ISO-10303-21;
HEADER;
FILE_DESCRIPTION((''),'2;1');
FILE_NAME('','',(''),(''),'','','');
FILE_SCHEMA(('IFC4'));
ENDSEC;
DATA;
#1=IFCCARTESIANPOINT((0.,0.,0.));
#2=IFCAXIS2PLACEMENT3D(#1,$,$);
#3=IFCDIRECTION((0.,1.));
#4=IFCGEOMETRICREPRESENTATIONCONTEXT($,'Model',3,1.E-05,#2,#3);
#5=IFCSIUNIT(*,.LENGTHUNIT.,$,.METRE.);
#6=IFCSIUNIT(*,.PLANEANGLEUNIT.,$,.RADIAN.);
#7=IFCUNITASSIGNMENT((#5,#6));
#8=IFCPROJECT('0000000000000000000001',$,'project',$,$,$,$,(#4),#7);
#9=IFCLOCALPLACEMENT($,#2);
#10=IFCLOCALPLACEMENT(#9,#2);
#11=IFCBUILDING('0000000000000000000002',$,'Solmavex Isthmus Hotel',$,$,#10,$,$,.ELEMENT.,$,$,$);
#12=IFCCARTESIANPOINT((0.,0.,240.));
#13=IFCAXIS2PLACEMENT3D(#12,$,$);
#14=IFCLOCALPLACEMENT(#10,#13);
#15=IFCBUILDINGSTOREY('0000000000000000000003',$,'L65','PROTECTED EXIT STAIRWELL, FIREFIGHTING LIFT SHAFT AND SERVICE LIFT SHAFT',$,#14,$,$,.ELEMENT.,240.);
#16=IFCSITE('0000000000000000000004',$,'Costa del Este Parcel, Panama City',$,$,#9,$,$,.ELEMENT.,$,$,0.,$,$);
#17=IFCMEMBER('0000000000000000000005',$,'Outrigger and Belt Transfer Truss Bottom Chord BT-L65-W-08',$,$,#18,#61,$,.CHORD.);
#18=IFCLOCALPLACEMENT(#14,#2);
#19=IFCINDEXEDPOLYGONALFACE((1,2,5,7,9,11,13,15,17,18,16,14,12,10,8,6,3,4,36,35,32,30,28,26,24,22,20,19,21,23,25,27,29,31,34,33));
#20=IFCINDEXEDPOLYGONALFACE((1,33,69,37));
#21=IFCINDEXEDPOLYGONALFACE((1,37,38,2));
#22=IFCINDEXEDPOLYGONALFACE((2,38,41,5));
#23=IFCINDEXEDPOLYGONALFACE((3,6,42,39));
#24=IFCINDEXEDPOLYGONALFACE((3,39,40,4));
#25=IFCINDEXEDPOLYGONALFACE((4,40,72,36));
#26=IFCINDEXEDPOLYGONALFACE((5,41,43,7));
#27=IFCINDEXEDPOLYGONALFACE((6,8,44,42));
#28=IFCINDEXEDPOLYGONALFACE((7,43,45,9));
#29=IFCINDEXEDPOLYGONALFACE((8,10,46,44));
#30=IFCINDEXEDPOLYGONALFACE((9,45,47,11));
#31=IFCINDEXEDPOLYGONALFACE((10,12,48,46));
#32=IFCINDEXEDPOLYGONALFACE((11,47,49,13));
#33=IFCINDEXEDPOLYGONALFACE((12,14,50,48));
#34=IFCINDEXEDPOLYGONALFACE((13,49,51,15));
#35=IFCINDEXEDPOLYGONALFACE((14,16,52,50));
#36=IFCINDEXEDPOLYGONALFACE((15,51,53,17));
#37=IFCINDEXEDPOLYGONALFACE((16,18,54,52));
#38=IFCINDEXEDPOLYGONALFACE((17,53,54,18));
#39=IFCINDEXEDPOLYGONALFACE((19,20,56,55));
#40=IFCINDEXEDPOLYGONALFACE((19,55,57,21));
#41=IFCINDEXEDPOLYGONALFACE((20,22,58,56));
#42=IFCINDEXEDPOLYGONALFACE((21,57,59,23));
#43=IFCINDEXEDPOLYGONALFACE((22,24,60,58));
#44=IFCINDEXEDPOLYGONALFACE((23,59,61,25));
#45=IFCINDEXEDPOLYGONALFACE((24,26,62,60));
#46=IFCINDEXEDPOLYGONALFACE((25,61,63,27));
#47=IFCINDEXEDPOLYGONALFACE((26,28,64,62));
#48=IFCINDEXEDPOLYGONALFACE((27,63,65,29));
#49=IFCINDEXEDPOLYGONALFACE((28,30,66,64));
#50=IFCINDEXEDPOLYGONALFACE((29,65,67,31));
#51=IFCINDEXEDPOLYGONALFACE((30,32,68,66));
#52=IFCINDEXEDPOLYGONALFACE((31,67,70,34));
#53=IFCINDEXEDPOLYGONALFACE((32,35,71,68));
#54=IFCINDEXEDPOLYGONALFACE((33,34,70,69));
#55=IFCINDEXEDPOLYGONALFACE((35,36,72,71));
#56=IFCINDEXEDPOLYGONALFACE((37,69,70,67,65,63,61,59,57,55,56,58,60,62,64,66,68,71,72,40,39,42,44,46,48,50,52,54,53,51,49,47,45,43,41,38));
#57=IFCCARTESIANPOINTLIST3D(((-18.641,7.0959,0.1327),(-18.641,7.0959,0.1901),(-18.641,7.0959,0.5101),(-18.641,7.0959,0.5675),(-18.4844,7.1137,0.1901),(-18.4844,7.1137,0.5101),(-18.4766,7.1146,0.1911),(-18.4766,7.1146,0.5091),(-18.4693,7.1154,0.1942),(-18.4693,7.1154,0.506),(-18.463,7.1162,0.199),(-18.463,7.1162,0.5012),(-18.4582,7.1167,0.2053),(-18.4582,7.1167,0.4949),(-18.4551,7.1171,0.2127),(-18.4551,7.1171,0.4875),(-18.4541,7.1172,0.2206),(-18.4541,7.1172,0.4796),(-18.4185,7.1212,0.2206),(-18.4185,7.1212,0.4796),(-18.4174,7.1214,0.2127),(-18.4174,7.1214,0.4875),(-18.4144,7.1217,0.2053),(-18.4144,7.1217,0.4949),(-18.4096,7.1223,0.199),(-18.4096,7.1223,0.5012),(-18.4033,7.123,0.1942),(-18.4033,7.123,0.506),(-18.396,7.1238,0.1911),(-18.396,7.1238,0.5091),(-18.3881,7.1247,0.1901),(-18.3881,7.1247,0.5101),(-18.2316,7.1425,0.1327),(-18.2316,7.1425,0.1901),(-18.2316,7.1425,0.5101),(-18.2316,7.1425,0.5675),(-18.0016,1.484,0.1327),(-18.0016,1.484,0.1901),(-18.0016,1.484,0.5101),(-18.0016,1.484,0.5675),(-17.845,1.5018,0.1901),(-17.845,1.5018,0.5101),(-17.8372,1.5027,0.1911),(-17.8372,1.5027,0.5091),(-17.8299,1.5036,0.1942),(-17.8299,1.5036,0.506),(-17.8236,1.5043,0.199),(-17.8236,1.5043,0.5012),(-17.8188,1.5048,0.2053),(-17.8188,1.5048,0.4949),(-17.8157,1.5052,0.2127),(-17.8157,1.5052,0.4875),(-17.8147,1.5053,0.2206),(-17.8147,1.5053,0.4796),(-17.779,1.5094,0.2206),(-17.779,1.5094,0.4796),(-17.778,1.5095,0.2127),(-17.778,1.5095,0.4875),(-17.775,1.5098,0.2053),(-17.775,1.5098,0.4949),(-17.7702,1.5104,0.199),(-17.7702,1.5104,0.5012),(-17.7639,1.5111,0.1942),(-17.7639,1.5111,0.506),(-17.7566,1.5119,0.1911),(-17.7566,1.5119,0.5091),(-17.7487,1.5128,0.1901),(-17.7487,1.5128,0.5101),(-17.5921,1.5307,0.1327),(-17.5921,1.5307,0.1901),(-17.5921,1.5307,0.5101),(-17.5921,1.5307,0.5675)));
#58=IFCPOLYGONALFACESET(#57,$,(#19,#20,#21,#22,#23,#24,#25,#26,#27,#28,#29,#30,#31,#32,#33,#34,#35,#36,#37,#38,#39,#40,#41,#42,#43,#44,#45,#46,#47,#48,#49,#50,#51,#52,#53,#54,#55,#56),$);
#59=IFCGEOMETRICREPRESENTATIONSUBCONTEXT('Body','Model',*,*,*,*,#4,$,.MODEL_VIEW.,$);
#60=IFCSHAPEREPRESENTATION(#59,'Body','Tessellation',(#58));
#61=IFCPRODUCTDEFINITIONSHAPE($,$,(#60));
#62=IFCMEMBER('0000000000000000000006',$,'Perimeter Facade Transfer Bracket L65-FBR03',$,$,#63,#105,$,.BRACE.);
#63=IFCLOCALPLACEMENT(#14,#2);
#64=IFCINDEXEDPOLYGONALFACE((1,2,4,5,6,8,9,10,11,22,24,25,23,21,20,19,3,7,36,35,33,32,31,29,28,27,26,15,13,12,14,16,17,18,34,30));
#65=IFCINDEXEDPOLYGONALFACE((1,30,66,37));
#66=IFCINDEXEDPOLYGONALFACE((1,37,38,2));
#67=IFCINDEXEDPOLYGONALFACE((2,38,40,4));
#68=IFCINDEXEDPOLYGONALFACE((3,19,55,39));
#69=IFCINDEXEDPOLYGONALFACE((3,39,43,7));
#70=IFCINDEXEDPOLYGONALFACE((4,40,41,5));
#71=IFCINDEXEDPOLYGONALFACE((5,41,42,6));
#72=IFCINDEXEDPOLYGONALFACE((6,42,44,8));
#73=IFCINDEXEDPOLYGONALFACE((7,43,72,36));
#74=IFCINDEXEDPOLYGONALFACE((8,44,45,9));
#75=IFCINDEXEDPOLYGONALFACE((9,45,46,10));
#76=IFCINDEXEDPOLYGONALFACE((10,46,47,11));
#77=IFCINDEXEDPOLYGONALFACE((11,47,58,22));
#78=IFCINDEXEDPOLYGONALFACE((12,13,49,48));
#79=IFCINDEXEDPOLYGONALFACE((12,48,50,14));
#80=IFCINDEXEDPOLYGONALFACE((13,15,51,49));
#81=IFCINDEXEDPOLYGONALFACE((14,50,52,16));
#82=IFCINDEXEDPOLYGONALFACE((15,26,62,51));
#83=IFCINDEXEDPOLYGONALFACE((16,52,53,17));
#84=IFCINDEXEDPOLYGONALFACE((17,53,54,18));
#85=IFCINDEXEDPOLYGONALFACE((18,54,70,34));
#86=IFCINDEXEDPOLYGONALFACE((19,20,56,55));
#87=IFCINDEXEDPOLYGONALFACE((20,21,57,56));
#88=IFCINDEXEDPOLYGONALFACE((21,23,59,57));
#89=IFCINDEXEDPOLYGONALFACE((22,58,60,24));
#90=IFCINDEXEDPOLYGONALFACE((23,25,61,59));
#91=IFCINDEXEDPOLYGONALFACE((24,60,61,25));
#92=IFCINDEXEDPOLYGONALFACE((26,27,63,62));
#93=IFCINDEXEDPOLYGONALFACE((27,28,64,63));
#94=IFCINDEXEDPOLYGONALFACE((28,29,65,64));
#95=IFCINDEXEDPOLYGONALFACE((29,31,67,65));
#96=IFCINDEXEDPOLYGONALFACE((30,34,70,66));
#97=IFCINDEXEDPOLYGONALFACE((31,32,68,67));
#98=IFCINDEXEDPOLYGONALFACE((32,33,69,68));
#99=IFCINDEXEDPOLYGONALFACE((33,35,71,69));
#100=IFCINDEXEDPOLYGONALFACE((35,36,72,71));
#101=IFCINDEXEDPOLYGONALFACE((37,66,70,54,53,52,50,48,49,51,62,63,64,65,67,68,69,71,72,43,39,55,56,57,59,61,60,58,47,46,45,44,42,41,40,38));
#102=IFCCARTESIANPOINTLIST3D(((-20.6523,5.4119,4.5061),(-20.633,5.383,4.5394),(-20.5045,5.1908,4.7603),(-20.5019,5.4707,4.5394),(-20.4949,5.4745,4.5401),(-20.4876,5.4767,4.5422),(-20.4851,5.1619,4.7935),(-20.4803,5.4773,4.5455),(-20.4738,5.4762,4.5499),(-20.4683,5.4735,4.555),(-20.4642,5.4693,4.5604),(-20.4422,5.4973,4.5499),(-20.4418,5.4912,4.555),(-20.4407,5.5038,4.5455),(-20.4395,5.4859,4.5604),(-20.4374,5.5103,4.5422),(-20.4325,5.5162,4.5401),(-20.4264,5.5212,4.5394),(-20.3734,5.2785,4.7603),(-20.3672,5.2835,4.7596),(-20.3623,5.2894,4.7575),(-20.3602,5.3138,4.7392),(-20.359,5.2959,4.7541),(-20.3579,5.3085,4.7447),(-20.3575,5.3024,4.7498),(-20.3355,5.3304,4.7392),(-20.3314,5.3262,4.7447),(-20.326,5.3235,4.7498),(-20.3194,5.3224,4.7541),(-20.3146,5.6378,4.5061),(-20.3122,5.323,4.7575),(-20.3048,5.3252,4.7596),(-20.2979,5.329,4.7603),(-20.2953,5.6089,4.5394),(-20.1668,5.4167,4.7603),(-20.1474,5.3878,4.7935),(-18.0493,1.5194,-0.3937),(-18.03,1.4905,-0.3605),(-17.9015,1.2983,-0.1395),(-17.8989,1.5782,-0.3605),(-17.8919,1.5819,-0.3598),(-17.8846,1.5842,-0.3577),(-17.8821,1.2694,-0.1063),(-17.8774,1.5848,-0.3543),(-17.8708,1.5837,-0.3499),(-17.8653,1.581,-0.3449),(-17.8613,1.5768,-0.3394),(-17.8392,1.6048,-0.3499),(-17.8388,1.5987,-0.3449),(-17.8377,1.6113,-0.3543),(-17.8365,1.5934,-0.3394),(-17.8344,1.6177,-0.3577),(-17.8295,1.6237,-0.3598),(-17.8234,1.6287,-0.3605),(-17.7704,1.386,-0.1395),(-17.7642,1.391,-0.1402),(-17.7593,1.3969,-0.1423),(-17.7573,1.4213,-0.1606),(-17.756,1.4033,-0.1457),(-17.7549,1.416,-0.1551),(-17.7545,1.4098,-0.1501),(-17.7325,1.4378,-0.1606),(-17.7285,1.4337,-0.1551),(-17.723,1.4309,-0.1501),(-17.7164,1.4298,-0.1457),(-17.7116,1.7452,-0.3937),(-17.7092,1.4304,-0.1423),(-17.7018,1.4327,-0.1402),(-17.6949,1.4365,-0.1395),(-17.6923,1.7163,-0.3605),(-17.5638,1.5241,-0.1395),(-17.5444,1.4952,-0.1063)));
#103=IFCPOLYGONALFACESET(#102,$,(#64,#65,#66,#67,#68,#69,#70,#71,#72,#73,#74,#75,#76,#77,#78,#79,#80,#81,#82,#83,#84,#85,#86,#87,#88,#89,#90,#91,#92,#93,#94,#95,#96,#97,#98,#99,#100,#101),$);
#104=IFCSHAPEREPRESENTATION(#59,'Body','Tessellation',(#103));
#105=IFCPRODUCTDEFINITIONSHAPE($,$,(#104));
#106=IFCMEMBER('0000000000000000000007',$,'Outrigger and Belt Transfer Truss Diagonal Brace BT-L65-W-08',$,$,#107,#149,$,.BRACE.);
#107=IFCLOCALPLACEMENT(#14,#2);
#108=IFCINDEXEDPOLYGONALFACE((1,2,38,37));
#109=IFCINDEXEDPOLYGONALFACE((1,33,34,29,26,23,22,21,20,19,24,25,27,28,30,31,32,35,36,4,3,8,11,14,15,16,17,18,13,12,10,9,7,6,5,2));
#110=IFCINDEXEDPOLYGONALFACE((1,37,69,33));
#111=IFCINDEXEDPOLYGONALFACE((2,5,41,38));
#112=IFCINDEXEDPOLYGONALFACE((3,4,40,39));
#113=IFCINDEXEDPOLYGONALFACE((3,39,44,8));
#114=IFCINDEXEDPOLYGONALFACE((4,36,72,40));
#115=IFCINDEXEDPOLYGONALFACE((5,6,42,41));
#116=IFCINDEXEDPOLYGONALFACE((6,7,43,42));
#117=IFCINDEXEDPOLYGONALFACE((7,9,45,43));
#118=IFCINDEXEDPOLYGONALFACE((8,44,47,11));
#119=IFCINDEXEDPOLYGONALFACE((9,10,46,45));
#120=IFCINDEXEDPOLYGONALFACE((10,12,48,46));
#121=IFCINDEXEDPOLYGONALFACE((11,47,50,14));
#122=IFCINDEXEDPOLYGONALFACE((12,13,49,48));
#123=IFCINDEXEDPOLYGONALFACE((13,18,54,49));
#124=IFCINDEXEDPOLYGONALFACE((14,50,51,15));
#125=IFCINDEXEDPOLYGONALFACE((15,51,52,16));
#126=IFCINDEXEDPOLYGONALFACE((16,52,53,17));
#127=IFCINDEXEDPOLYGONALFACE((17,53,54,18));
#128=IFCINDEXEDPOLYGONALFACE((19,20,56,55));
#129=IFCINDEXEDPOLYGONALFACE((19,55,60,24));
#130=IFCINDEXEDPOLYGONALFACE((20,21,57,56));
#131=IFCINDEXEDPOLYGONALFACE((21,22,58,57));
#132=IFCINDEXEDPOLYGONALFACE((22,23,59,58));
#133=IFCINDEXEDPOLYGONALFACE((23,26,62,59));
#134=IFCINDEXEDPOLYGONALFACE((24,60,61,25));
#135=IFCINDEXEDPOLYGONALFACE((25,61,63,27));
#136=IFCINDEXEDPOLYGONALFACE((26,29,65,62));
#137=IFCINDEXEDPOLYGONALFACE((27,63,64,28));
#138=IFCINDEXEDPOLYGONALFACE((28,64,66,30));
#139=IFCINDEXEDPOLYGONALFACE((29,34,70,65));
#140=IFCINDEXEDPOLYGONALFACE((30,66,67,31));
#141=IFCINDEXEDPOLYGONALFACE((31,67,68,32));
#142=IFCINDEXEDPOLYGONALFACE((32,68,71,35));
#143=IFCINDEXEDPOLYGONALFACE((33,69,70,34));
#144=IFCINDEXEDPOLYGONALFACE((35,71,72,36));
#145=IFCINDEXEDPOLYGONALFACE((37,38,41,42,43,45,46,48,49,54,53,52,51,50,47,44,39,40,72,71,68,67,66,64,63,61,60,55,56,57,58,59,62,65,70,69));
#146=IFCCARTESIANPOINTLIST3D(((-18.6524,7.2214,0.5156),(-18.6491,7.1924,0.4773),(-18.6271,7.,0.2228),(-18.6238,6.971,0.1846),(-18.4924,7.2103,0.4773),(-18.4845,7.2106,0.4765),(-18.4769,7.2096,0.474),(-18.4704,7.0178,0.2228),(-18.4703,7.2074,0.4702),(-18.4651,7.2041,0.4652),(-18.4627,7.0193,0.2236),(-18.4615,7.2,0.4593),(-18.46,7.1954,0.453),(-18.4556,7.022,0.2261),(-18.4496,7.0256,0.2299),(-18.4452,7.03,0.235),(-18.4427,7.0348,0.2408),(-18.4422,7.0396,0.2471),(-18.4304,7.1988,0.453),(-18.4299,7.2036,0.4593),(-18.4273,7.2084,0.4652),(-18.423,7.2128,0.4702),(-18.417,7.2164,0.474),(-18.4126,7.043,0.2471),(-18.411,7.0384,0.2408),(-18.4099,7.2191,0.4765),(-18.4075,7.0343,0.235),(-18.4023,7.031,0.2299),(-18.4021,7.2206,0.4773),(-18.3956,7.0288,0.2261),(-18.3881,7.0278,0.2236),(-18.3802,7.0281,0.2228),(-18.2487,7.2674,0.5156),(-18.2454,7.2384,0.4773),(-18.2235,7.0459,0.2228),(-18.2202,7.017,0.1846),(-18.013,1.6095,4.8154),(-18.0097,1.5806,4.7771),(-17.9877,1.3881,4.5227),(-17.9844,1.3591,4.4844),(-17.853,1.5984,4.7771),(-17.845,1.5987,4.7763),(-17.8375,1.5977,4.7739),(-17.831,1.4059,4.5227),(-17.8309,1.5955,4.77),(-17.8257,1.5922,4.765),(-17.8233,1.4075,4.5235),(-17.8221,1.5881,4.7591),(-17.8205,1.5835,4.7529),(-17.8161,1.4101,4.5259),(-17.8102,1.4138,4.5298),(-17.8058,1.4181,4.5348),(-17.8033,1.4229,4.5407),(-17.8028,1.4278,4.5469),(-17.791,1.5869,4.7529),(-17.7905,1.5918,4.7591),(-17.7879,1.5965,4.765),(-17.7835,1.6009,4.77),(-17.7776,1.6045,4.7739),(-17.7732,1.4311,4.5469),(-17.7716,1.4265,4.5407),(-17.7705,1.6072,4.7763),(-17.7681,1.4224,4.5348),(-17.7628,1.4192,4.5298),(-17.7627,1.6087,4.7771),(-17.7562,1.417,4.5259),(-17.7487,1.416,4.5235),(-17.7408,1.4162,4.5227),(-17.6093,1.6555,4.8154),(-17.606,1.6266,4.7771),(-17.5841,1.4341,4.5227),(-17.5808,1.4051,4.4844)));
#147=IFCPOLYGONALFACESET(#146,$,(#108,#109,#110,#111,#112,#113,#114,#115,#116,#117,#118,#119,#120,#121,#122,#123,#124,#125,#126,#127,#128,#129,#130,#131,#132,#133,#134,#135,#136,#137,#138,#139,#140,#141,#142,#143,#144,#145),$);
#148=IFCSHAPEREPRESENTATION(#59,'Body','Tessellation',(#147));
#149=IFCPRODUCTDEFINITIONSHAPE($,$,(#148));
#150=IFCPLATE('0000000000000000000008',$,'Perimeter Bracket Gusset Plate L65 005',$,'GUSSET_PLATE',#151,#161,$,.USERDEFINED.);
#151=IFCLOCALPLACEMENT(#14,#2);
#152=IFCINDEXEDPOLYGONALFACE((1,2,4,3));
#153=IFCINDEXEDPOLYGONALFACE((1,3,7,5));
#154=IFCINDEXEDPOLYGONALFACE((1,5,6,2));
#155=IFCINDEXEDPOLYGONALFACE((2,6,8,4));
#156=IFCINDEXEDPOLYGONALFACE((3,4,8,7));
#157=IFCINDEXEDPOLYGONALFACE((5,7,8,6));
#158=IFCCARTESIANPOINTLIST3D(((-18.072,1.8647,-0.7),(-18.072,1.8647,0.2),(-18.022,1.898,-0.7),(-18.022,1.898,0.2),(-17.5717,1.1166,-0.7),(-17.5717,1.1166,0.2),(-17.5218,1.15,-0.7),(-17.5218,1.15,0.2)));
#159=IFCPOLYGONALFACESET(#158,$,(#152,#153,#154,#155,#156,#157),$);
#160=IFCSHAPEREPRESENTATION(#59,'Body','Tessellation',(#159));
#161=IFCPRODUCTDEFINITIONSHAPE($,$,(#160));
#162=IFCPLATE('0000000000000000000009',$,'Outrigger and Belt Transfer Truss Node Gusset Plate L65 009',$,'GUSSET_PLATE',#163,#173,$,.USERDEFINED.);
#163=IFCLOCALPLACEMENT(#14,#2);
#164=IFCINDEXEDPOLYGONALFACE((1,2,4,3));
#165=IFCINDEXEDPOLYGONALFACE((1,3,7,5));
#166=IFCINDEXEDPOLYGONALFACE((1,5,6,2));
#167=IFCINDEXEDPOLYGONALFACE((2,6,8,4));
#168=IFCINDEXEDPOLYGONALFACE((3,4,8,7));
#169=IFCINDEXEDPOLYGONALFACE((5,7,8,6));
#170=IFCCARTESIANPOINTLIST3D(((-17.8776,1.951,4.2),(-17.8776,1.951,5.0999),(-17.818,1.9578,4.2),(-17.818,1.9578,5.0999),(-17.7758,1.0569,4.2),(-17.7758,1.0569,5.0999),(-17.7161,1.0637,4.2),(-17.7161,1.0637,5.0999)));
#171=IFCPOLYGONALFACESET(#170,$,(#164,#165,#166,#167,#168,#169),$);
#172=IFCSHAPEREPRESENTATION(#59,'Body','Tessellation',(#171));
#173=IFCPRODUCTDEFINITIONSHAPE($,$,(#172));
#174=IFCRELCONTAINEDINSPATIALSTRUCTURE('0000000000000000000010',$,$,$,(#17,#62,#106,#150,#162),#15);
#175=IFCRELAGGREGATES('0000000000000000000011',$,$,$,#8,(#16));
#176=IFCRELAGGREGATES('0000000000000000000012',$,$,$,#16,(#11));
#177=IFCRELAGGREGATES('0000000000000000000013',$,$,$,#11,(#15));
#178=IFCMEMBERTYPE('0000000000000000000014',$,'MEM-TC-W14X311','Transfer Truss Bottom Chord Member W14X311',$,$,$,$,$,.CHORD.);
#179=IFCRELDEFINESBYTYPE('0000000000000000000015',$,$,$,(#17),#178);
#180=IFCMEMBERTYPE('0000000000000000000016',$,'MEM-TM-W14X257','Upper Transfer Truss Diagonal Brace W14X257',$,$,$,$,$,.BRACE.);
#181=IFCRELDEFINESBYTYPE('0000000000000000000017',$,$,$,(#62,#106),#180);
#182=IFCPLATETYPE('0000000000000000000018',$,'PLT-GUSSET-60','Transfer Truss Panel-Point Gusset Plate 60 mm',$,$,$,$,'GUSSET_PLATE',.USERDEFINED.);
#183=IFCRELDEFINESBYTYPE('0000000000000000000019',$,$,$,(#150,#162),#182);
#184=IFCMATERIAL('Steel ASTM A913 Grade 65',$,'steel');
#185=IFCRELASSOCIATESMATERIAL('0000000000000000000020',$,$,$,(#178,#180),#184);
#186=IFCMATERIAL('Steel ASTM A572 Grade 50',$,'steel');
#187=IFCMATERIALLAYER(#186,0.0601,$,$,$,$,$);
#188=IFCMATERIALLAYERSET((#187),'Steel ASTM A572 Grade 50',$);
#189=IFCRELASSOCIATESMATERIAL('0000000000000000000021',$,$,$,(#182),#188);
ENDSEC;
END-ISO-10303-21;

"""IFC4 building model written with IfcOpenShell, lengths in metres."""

from ifc_helpers import new_model, si_unit, direction, frame, origin, origin_2d, place, context, subcontext, project, spatial, rectangle, i_section, extrude, material, layer, layer_set, material_profile, profile_set, type_object, element, save


model = new_model("IFC4")

# Units and contexts
model_context = context("Model", 3, precision=1e-05, world=origin(), true_north=direction((0.0, 1.0)))
body_context = subcontext(model_context, "Body", "Model", "MODEL_VIEW")
ifc_project = project(units=[si_unit("LENGTHUNIT", "METRE"), si_unit("PLANEANGLEUNIT", "RADIAN")], contexts=[model_context])

# Site, building, storey
site_placement = place(None, origin())
site = spatial("IfcSite", under=ifc_project, at=site_placement, Name="Costa del Este Parcel, Panama City", CompositionType="ELEMENT", RefElevation=0.0)
building_placement = place(site_placement, origin())
building = spatial("IfcBuilding", under=site, at=building_placement, Name="Solmavex Isthmus Hotel", CompositionType="ELEMENT")
storey_placement = place(building_placement, frame((0.0, 0.0, 240.0)))
storey = spatial("IfcBuildingStorey", under=building, at=storey_placement, Name="L65", Description="PROTECTED EXIT STAIRWELL, FIREFIGHTING LIFT SHAFT AND SERVICE LIFT SHAFT", CompositionType="ELEMENT", Elevation=240.0)

# Shared definitions
ifc_material_1 = material(Name="Steel ASTM A913 Grade 65", Category="steel")

# Members
ifc_material_profile_1 = material_profile(ifc_material_1, i_section(OverallWidth=0.4121, OverallDepth=0.4348, WebThickness=0.0359, FlangeThickness=0.0574, FilletRadius=0.0305, at=origin_2d()), Name="W14X311")
ifc_profile_set_1 = profile_set([ifc_material_profile_1], Name="Steel ASTM A913 Grade 65")
member_type_1 = type_object("IfcMemberType", Name="MEM-TC-W14X311", Description="Transfer Truss Bottom Chord Member W14X311", PredefinedType="CHORD", material=ifc_profile_set_1)
member_1_placement = place(storey_placement, frame((-17.7969, 1.5073, 0.3501), z_axis=(-0.113206, 0.993571, 0.0), x_axis=(-0.993571, -0.113206, 0.0)))
element("IfcMember", 1, at=member_1_placement, inside=storey, type_object=member_type_1, Name="Outrigger and Belt Transfer Truss Bottom Chord BT-L65-W-08", PredefinedType="CHORD", context=body_context, shape_type="SweptSolid", body=[
    extrude(i_section(OverallWidth=0.4121, OverallDepth=0.4348, WebThickness=0.0359, FlangeThickness=0.0574, FilletRadius=0.0305, at=origin_2d()), origin(), (0.0, 0.0, 1.0), 5.6482),
])
ifc_material_profile_2 = material_profile(ifc_material_1, i_section(OverallWidth=0.4062, OverallDepth=0.416, WebThickness=0.0298, FlangeThickness=0.0481, FilletRadius=0.0305, at=origin_2d()), Name="W14X257")
ifc_profile_set_2 = profile_set([ifc_material_profile_2], Name="Steel ASTM A913 Grade 65")
member_type_2 = type_object("IfcMemberType", Name="MEM-TM-W14X257", Description="Upper Transfer Truss Diagonal Brace W14X257", PredefinedType="BRACE", material=ifc_profile_set_2)
member_2_placement = place(storey_placement, frame((-17.7969, 1.5073, -0.25), z_axis=(-0.384059, 0.574323, 0.722947), x_axis=(-0.831263, -0.555879, 0.0)))
element("IfcMember", 2, at=member_2_placement, inside=storey, type_object=member_type_2, Name="Perimeter Facade Transfer Bracket L65-FBR03", PredefinedType="BRACE", context=body_context, shape_type="SweptSolid", body=[
    extrude(i_section(OverallWidth=0.4062, OverallDepth=0.416, WebThickness=0.0298, FlangeThickness=0.0481, FilletRadius=0.0305, at=origin_2d()), origin(), (0.0, 0.0, 1.0), 6.7776),
])
member_3_placement = place(storey_placement, frame((-17.7969, 1.5073, 4.6499), z_axis=(-0.090075, 0.790556, -0.605729), x_axis=(-0.993571, -0.113206, 0.0)))
element("IfcMember", 3, at=member_3_placement, inside=storey, type_object=member_type_2, Name="Outrigger and Belt Transfer Truss Diagonal Brace BT-L65-W-08", PredefinedType="BRACE", context=body_context, shape_type="SweptSolid", body=[
    extrude(i_section(OverallWidth=0.4062, OverallDepth=0.416, WebThickness=0.0298, FlangeThickness=0.0481, FilletRadius=0.0305, at=origin_2d()), origin(), (0.0, 0.0, 1.0), 7.0986),
])

# Plates
ifc_material_2 = material(Name="Steel ASTM A572 Grade 50", Category="steel")
ifc_layer = layer(ifc_material_2, 0.0601)
ifc_layer_set = layer_set([ifc_layer], Name="Steel ASTM A572 Grade 50")
plate_type = type_object("IfcPlateType", Name="PLT-GUSSET-60", Description="Transfer Truss Panel-Point Gusset Plate 60 mm", ElementType="GUSSET_PLATE", PredefinedType="USERDEFINED", material=ifc_layer_set)
for number, where, z_axis, x_axis, name in (
    (4, (-17.7969, 1.5073, -0.7), (0.0, 0.0, 1.0), (-0.555875, 0.831266, 0.0), "Perimeter Bracket Gusset Plate L65 005"),
    (5, (-17.7969, 1.5073, 4.2), (0.0, 0.0, 1.0), (-0.113203, 0.993572, 0.0), "Outrigger and Belt Transfer Truss Node Gusset Plate L65 009"),
):
    element("IfcPlate", number, at=place(storey_placement, frame(where, z_axis=z_axis, x_axis=x_axis)), inside=storey, type_object=plate_type, Name=name, ObjectType="GUSSET_PLATE", PredefinedType="USERDEFINED", context=body_context, shape_type="SweptSolid", body=[
        extrude(rectangle(XDim=0.8999, YDim=0.0601, at=origin_2d()), origin(), (0.0, 0.0, 1.0), 0.8999),
    ])

save(model, "model.ifc")
